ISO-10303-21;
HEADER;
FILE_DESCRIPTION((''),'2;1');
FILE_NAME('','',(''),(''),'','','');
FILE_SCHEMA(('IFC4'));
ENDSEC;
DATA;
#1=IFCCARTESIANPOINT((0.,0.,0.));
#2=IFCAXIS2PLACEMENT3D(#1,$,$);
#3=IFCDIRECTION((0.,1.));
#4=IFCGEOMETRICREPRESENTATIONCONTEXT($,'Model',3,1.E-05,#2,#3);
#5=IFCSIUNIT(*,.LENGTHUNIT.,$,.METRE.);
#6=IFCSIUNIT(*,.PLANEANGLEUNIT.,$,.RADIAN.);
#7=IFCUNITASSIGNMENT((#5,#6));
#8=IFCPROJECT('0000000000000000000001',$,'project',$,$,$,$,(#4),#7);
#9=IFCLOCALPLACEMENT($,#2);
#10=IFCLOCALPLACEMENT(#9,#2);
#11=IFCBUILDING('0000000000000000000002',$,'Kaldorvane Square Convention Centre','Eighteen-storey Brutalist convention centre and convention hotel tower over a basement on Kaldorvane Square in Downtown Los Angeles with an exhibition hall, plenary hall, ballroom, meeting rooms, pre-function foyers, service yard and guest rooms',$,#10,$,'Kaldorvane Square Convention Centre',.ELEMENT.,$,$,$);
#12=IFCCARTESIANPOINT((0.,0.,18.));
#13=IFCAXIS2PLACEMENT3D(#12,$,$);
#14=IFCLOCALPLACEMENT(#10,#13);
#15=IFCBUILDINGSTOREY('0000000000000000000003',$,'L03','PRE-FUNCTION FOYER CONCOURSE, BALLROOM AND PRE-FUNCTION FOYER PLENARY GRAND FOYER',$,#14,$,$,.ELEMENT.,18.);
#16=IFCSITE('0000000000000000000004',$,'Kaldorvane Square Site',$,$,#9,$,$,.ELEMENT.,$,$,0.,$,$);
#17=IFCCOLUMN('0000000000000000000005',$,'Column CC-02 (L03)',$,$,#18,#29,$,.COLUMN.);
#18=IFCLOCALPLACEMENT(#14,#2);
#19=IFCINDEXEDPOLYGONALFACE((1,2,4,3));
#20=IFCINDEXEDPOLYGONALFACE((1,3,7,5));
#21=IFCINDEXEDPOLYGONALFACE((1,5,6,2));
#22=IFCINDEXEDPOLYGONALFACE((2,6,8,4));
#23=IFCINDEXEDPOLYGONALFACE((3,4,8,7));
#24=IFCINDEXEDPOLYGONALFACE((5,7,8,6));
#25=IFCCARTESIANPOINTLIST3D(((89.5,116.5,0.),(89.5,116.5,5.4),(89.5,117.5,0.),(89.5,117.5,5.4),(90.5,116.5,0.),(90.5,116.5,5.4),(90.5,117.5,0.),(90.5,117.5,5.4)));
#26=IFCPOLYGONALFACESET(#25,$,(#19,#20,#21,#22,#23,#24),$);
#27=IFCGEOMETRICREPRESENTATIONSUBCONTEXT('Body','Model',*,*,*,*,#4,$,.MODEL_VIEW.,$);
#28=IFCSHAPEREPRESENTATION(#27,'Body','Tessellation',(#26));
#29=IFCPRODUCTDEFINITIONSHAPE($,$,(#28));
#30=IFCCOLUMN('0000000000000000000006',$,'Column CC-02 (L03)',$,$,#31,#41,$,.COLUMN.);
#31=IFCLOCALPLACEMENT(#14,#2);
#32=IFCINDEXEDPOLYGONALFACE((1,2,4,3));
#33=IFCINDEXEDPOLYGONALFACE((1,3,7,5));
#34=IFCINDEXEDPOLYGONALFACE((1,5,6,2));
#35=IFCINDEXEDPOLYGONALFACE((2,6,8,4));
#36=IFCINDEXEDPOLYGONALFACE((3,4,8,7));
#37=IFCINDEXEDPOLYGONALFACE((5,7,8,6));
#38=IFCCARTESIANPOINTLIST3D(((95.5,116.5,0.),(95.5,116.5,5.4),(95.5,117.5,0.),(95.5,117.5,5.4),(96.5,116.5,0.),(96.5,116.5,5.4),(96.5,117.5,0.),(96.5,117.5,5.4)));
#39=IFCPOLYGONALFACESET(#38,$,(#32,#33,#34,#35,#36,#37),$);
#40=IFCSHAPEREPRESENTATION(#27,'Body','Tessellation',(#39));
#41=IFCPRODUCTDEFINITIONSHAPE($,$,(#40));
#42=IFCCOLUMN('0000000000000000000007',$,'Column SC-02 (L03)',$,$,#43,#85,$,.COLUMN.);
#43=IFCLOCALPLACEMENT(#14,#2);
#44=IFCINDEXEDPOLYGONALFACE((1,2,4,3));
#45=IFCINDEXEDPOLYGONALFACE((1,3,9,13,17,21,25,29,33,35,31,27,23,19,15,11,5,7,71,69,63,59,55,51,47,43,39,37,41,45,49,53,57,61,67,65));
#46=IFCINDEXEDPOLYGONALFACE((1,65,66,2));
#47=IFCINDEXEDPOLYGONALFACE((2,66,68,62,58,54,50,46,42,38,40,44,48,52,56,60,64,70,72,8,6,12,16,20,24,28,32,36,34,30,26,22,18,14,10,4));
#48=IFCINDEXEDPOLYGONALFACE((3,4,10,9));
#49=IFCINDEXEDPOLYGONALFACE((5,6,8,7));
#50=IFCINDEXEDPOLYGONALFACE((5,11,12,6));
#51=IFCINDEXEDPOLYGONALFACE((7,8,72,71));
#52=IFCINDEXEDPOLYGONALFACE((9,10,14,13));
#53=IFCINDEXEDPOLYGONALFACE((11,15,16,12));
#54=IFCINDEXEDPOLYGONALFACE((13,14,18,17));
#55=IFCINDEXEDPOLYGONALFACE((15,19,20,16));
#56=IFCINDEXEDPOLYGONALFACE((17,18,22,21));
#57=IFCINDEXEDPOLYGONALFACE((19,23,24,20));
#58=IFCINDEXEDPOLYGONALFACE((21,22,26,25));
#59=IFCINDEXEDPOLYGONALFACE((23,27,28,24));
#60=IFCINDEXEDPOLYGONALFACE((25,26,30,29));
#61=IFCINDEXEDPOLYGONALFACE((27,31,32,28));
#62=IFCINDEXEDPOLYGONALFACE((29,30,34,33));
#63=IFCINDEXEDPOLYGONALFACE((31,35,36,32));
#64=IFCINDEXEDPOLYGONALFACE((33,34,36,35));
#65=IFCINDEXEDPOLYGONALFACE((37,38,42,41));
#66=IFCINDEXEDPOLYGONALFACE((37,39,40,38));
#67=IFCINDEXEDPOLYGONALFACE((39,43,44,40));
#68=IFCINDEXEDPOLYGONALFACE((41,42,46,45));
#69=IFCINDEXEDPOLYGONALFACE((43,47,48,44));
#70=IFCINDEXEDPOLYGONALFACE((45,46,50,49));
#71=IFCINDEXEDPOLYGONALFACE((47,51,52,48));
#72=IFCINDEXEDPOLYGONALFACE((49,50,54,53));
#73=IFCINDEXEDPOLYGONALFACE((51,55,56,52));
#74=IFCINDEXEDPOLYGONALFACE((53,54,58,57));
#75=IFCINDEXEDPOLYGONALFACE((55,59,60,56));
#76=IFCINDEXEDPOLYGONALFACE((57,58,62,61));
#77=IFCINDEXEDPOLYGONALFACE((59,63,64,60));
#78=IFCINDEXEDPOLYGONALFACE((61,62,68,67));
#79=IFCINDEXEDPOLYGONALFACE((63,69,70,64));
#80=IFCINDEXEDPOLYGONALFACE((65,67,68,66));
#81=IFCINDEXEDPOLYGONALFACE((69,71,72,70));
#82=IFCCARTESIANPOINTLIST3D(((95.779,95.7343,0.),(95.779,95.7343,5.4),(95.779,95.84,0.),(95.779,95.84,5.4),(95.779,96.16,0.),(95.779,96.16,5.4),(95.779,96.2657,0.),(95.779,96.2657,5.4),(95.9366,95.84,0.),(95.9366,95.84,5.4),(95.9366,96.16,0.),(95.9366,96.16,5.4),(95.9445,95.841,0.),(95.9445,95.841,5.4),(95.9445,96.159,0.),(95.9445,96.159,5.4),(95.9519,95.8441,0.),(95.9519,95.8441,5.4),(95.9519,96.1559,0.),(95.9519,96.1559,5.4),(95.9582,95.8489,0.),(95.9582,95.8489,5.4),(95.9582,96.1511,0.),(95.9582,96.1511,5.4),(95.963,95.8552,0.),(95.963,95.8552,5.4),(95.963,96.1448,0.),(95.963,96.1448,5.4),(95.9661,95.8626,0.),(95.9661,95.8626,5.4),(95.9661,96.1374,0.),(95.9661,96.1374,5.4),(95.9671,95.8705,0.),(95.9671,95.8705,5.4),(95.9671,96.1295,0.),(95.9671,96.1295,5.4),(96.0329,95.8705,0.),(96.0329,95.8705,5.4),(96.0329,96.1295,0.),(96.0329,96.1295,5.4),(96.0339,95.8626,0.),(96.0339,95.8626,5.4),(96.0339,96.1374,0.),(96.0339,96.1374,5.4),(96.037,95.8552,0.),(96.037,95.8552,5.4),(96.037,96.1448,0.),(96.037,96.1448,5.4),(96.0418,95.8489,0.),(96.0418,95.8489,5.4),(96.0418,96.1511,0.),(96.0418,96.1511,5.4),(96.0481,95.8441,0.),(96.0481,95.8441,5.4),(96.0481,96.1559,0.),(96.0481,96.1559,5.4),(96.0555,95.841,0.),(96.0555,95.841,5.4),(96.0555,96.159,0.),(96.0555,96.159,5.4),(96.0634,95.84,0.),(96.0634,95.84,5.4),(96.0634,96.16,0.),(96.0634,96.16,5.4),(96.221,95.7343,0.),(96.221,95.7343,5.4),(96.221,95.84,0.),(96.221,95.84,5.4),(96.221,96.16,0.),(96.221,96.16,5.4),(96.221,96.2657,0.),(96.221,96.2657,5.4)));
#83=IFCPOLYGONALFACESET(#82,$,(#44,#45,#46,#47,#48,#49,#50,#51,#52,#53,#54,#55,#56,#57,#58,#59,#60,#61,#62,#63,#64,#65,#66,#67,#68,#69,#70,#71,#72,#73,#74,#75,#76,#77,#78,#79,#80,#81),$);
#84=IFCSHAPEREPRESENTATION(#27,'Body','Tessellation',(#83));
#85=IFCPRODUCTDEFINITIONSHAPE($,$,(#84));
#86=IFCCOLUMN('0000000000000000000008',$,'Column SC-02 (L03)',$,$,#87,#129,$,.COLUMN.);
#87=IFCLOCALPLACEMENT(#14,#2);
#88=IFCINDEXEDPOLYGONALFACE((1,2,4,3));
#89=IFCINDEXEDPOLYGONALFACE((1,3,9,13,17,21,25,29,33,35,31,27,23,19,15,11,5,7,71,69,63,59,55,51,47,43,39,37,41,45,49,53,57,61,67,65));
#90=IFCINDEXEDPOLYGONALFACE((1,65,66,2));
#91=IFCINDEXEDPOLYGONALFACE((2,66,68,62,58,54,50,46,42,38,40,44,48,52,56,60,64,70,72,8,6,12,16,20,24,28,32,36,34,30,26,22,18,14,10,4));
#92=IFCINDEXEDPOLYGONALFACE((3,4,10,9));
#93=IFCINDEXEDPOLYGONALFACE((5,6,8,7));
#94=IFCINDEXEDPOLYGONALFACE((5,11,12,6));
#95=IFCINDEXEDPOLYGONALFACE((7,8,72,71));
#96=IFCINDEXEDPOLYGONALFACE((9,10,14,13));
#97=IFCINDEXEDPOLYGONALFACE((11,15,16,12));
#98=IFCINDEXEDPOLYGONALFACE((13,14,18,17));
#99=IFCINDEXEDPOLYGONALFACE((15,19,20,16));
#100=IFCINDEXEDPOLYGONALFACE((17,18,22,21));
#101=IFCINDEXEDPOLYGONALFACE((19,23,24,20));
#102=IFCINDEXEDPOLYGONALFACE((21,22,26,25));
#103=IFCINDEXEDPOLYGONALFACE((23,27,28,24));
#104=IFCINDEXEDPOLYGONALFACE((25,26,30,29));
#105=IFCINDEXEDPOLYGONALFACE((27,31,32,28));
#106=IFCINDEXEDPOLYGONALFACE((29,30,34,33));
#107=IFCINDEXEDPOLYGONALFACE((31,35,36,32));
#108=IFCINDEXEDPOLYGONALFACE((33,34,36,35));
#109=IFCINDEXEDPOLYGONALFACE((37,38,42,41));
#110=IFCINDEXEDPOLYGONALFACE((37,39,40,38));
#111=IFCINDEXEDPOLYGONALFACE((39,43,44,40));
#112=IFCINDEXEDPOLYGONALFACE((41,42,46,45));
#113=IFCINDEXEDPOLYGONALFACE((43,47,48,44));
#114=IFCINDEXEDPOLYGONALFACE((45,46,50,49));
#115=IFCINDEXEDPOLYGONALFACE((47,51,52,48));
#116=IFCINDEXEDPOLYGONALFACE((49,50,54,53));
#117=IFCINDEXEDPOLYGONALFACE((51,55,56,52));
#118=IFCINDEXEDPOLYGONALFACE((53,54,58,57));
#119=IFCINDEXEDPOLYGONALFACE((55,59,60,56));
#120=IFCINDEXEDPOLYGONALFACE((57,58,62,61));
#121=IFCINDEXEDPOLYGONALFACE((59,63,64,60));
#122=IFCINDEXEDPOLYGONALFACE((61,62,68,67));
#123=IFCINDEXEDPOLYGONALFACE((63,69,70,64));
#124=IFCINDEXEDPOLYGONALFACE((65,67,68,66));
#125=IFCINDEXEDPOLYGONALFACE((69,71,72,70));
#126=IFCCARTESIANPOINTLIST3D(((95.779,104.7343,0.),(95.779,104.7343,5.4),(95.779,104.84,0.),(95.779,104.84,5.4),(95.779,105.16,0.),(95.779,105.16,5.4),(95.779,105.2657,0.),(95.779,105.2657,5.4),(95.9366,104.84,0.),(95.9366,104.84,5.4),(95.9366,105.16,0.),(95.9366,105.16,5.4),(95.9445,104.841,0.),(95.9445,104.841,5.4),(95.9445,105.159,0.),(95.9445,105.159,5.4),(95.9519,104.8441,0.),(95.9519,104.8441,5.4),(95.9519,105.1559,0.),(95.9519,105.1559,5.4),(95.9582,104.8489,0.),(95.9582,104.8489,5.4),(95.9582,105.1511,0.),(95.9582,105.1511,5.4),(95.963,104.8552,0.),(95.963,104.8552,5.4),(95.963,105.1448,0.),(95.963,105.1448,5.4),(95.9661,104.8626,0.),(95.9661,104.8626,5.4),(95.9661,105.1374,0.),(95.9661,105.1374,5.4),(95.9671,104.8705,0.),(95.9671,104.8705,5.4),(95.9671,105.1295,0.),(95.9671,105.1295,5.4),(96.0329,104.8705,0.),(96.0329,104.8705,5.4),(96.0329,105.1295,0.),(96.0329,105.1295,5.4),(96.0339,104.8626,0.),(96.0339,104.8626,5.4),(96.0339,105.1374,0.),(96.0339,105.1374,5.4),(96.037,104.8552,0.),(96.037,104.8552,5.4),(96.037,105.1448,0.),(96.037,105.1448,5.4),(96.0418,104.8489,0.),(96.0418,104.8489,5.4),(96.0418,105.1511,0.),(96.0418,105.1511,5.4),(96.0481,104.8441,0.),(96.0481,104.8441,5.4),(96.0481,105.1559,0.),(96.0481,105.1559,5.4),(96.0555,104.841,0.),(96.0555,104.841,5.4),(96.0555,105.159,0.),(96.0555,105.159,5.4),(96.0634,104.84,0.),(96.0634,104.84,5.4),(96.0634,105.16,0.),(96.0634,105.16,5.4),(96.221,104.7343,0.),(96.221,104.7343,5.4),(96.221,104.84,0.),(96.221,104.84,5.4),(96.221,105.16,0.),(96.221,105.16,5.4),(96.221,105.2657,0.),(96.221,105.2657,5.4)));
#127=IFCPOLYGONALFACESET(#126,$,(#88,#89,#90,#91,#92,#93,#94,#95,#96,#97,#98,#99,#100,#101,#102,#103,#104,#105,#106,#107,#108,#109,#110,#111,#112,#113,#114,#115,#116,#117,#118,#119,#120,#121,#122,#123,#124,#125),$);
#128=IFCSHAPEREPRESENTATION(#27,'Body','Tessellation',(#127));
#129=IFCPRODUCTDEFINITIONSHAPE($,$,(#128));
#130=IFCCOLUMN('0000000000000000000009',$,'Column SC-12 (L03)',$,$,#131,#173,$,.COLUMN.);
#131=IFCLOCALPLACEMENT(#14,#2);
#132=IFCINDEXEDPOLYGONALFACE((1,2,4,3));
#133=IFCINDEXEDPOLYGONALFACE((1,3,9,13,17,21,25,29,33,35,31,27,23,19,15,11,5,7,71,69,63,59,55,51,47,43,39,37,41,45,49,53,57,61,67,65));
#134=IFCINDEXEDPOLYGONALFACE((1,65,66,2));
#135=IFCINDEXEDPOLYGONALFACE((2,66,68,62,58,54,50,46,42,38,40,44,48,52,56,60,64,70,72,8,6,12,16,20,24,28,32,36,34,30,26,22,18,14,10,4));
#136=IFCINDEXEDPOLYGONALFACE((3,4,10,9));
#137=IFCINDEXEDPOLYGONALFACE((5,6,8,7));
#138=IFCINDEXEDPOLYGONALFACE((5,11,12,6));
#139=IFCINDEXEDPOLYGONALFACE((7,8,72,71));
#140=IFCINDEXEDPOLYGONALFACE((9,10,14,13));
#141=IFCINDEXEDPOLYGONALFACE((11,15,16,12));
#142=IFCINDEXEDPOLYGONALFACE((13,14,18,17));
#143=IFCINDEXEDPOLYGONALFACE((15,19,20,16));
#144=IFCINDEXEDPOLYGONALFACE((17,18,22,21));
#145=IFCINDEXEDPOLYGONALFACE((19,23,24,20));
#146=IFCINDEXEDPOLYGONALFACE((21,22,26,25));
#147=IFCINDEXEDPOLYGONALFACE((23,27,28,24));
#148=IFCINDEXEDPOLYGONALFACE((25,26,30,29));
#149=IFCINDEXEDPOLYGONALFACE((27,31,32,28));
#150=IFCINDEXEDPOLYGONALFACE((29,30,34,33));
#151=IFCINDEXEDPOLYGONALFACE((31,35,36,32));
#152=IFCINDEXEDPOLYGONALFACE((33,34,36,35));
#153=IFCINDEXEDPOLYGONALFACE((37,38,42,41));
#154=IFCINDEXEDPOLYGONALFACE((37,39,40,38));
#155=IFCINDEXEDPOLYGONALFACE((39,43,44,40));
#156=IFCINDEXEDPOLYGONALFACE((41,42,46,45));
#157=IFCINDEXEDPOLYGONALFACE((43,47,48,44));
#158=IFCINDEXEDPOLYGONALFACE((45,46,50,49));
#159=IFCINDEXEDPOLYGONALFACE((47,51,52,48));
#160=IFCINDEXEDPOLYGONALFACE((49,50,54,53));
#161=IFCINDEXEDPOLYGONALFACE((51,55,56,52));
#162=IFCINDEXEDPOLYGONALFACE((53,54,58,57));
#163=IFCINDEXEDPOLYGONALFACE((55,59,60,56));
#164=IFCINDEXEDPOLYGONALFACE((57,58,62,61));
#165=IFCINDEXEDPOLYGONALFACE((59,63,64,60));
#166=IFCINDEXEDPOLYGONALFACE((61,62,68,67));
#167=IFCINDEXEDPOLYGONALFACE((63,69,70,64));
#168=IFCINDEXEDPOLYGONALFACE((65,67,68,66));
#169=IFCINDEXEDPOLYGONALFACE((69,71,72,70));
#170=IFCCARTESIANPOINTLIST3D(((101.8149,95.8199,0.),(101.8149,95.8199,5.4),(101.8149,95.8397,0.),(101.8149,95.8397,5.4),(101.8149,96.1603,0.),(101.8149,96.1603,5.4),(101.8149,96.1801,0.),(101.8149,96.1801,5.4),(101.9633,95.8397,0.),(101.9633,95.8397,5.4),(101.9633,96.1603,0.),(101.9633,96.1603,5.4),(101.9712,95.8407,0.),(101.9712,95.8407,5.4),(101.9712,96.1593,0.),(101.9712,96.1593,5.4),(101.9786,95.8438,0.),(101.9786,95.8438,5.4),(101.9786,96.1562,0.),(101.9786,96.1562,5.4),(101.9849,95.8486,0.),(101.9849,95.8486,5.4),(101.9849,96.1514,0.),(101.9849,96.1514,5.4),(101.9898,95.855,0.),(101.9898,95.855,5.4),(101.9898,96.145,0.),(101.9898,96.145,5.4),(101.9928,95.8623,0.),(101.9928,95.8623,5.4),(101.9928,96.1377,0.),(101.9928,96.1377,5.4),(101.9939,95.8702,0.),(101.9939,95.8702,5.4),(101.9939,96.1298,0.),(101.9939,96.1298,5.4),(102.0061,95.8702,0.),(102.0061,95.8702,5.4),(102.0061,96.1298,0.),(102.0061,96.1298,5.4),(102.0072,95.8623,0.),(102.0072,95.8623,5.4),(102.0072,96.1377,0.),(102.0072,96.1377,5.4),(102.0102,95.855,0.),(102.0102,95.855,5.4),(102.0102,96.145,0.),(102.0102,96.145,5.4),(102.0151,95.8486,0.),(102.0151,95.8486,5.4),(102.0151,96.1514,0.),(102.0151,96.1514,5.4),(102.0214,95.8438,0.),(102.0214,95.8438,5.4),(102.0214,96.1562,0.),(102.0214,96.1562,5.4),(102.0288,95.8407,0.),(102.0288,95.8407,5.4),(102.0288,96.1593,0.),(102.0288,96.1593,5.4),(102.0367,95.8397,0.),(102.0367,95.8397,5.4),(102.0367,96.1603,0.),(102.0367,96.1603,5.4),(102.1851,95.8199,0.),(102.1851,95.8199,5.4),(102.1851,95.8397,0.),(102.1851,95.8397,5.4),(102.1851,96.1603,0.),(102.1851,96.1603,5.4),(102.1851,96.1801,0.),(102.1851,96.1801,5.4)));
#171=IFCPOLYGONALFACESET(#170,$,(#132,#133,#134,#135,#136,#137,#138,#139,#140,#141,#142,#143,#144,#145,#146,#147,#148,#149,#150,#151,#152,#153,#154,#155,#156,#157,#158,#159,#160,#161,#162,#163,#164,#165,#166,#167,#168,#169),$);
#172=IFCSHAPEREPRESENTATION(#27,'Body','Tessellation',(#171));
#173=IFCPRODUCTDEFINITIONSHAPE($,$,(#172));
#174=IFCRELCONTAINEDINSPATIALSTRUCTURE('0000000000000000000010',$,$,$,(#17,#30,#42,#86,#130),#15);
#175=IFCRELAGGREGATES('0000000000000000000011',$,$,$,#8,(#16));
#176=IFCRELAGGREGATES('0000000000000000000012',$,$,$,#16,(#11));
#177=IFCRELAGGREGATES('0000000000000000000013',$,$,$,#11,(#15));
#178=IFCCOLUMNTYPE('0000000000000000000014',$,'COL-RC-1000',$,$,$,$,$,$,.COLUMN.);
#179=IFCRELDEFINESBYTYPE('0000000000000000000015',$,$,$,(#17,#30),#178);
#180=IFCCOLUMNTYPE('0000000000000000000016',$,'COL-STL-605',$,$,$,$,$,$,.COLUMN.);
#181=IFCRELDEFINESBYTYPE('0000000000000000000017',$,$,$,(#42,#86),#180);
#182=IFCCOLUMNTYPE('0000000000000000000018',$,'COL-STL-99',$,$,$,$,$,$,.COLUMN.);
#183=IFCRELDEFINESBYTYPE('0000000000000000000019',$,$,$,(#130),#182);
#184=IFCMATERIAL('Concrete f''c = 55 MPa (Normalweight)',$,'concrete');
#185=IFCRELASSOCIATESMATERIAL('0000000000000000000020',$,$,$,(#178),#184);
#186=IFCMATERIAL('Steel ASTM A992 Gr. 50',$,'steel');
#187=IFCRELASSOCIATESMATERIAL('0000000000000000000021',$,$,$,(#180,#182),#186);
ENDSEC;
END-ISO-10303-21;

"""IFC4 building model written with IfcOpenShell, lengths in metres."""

from ifc_helpers import new_model, si_unit, direction, frame, origin, origin_2d, place, context, subcontext, project, spatial, rectangle, i_section, extrude, material, material_profile, profile_set, type_object, element, save


model = new_model("IFC4")

# Units and contexts
model_context = context("Model", 3, precision=1e-05, world=origin(), true_north=direction((0.0, 1.0)))
body_context = subcontext(model_context, "Body", "Model", "MODEL_VIEW")
ifc_project = project(units=[si_unit("LENGTHUNIT", "METRE"), si_unit("PLANEANGLEUNIT", "RADIAN")], contexts=[model_context])

# Site, building, storey
site_placement = place(None, origin())
site = spatial("IfcSite", under=ifc_project, at=site_placement, Name="Kaldorvane Square Site", CompositionType="ELEMENT", RefElevation=0.0)
building_placement = place(site_placement, origin())
building = spatial("IfcBuilding", under=site, at=building_placement, Name="Kaldorvane Square Convention Centre", Description="Eighteen-storey Brutalist convention centre and convention hotel tower over a basement on Kaldorvane Square in Downtown Los Angeles with an exhibition hall, plenary hall, ballroom, meeting rooms, pre-function foyers, service yard and guest rooms", LongName="Kaldorvane Square Convention Centre", CompositionType="ELEMENT")
storey_placement = place(building_placement, frame((0.0, 0.0, 18.0)))
storey = spatial("IfcBuildingStorey", under=building, at=storey_placement, Name="L03", Description="PRE-FUNCTION FOYER CONCOURSE, BALLROOM AND PRE-FUNCTION FOYER PLENARY GRAND FOYER", CompositionType="ELEMENT", Elevation=18.0)

# Columns
ifc_material_1 = material(Name="Concrete f'c = 55 MPa (Normalweight)", Category="concrete")
ifc_material_profile_1 = material_profile(ifc_material_1, rectangle(XDim=1.0, YDim=1.0, at=origin_2d()), Name="RC1000X1000")
ifc_profile_set_1 = profile_set([ifc_material_profile_1], Name="Concrete f'c = 55 MPa (Normalweight)")
column_type_1 = type_object("IfcColumnType", Name="COL-RC-1000", PredefinedType="COLUMN", material=ifc_profile_set_1)
for number, where, z_axis, x_axis, name in (
    (1, (90.0, 117.0, 0.0), (0.0, 0.0, 1.0), (1.0, 0.0, 0.0), "Column CC-02 (L03)"),
    (2, (96.0, 117.0, 0.0), (0.0, 0.0, 1.0), (1.0, 0.0, 0.0), "Column CC-02 (L03)"),
):
    element("IfcColumn", number, at=place(storey_placement, frame(where, z_axis=z_axis, x_axis=x_axis)), inside=storey, type_object=column_type_1, Name=name, PredefinedType="COLUMN", context=body_context, shape_type="SweptSolid", body=[
        extrude(rectangle(XDim=1.0, YDim=1.0, at=origin_2d()), origin(), (0.0, 0.0, 1.0), 5.4),
    ])
ifc_material_2 = material(Name="Steel ASTM A992 Gr. 50", Category="steel")
ifc_material_profile_2 = material_profile(ifc_material_2, i_section(OverallWidth=0.442, OverallDepth=0.5314, WebThickness=0.0658, FlangeThickness=0.1057, FilletRadius=0.0305, at=origin_2d()), Name="W14X605")
ifc_profile_set_2 = profile_set([ifc_material_profile_2], Name="Steel ASTM A992 Gr. 50")
column_type_2 = type_object("IfcColumnType", Name="COL-STL-605", PredefinedType="COLUMN", material=ifc_profile_set_2)
for number, where, z_axis, x_axis, name in (
    (3, (96.0, 96.0, 0.0), (0.0, 0.0, 1.0), (1.0, 0.0, 0.0), "Column SC-02 (L03)"),
    (4, (96.0, 105.0, 0.0), (0.0, 0.0, 1.0), (1.0, 0.0, 0.0), "Column SC-02 (L03)"),
):
    element("IfcColumn", number, at=place(storey_placement, frame(where, z_axis=z_axis, x_axis=x_axis)), inside=storey, type_object=column_type_2, Name=name, PredefinedType="COLUMN", context=body_context, shape_type="SweptSolid", body=[
        extrude(i_section(OverallWidth=0.442, OverallDepth=0.5314, WebThickness=0.0658, FlangeThickness=0.1057, FilletRadius=0.0305, at=origin_2d()), origin(), (0.0, 0.0, 1.0), 5.4),
    ])
ifc_material_profile_3 = material_profile(ifc_material_2, i_section(OverallWidth=0.3701, OverallDepth=0.3602, WebThickness=0.0123, FlangeThickness=0.0198, FilletRadius=0.0305, at=origin_2d()), Name="W14X99")
ifc_profile_set_3 = profile_set([ifc_material_profile_3], Name="Steel ASTM A992 Gr. 50")
column_type_3 = type_object("IfcColumnType", Name="COL-STL-99", PredefinedType="COLUMN", material=ifc_profile_set_3)
for number, where, z_axis, x_axis, name in (
    (5, (102.0, 96.0, 0.0), (0.0, 0.0, 1.0), (1.0, 0.0, 0.0), "Column SC-12 (L03)"),
):
    element("IfcColumn", number, at=place(storey_placement, frame(where, z_axis=z_axis, x_axis=x_axis)), inside=storey, type_object=column_type_3, Name=name, PredefinedType="COLUMN", context=body_context, shape_type="SweptSolid", body=[
        extrude(i_section(OverallWidth=0.3701, OverallDepth=0.3602, WebThickness=0.0123, FlangeThickness=0.0198, FilletRadius=0.0305, at=origin_2d()), origin(), (0.0, 0.0, 1.0), 5.4),
    ])

save(model, "model.ifc")
